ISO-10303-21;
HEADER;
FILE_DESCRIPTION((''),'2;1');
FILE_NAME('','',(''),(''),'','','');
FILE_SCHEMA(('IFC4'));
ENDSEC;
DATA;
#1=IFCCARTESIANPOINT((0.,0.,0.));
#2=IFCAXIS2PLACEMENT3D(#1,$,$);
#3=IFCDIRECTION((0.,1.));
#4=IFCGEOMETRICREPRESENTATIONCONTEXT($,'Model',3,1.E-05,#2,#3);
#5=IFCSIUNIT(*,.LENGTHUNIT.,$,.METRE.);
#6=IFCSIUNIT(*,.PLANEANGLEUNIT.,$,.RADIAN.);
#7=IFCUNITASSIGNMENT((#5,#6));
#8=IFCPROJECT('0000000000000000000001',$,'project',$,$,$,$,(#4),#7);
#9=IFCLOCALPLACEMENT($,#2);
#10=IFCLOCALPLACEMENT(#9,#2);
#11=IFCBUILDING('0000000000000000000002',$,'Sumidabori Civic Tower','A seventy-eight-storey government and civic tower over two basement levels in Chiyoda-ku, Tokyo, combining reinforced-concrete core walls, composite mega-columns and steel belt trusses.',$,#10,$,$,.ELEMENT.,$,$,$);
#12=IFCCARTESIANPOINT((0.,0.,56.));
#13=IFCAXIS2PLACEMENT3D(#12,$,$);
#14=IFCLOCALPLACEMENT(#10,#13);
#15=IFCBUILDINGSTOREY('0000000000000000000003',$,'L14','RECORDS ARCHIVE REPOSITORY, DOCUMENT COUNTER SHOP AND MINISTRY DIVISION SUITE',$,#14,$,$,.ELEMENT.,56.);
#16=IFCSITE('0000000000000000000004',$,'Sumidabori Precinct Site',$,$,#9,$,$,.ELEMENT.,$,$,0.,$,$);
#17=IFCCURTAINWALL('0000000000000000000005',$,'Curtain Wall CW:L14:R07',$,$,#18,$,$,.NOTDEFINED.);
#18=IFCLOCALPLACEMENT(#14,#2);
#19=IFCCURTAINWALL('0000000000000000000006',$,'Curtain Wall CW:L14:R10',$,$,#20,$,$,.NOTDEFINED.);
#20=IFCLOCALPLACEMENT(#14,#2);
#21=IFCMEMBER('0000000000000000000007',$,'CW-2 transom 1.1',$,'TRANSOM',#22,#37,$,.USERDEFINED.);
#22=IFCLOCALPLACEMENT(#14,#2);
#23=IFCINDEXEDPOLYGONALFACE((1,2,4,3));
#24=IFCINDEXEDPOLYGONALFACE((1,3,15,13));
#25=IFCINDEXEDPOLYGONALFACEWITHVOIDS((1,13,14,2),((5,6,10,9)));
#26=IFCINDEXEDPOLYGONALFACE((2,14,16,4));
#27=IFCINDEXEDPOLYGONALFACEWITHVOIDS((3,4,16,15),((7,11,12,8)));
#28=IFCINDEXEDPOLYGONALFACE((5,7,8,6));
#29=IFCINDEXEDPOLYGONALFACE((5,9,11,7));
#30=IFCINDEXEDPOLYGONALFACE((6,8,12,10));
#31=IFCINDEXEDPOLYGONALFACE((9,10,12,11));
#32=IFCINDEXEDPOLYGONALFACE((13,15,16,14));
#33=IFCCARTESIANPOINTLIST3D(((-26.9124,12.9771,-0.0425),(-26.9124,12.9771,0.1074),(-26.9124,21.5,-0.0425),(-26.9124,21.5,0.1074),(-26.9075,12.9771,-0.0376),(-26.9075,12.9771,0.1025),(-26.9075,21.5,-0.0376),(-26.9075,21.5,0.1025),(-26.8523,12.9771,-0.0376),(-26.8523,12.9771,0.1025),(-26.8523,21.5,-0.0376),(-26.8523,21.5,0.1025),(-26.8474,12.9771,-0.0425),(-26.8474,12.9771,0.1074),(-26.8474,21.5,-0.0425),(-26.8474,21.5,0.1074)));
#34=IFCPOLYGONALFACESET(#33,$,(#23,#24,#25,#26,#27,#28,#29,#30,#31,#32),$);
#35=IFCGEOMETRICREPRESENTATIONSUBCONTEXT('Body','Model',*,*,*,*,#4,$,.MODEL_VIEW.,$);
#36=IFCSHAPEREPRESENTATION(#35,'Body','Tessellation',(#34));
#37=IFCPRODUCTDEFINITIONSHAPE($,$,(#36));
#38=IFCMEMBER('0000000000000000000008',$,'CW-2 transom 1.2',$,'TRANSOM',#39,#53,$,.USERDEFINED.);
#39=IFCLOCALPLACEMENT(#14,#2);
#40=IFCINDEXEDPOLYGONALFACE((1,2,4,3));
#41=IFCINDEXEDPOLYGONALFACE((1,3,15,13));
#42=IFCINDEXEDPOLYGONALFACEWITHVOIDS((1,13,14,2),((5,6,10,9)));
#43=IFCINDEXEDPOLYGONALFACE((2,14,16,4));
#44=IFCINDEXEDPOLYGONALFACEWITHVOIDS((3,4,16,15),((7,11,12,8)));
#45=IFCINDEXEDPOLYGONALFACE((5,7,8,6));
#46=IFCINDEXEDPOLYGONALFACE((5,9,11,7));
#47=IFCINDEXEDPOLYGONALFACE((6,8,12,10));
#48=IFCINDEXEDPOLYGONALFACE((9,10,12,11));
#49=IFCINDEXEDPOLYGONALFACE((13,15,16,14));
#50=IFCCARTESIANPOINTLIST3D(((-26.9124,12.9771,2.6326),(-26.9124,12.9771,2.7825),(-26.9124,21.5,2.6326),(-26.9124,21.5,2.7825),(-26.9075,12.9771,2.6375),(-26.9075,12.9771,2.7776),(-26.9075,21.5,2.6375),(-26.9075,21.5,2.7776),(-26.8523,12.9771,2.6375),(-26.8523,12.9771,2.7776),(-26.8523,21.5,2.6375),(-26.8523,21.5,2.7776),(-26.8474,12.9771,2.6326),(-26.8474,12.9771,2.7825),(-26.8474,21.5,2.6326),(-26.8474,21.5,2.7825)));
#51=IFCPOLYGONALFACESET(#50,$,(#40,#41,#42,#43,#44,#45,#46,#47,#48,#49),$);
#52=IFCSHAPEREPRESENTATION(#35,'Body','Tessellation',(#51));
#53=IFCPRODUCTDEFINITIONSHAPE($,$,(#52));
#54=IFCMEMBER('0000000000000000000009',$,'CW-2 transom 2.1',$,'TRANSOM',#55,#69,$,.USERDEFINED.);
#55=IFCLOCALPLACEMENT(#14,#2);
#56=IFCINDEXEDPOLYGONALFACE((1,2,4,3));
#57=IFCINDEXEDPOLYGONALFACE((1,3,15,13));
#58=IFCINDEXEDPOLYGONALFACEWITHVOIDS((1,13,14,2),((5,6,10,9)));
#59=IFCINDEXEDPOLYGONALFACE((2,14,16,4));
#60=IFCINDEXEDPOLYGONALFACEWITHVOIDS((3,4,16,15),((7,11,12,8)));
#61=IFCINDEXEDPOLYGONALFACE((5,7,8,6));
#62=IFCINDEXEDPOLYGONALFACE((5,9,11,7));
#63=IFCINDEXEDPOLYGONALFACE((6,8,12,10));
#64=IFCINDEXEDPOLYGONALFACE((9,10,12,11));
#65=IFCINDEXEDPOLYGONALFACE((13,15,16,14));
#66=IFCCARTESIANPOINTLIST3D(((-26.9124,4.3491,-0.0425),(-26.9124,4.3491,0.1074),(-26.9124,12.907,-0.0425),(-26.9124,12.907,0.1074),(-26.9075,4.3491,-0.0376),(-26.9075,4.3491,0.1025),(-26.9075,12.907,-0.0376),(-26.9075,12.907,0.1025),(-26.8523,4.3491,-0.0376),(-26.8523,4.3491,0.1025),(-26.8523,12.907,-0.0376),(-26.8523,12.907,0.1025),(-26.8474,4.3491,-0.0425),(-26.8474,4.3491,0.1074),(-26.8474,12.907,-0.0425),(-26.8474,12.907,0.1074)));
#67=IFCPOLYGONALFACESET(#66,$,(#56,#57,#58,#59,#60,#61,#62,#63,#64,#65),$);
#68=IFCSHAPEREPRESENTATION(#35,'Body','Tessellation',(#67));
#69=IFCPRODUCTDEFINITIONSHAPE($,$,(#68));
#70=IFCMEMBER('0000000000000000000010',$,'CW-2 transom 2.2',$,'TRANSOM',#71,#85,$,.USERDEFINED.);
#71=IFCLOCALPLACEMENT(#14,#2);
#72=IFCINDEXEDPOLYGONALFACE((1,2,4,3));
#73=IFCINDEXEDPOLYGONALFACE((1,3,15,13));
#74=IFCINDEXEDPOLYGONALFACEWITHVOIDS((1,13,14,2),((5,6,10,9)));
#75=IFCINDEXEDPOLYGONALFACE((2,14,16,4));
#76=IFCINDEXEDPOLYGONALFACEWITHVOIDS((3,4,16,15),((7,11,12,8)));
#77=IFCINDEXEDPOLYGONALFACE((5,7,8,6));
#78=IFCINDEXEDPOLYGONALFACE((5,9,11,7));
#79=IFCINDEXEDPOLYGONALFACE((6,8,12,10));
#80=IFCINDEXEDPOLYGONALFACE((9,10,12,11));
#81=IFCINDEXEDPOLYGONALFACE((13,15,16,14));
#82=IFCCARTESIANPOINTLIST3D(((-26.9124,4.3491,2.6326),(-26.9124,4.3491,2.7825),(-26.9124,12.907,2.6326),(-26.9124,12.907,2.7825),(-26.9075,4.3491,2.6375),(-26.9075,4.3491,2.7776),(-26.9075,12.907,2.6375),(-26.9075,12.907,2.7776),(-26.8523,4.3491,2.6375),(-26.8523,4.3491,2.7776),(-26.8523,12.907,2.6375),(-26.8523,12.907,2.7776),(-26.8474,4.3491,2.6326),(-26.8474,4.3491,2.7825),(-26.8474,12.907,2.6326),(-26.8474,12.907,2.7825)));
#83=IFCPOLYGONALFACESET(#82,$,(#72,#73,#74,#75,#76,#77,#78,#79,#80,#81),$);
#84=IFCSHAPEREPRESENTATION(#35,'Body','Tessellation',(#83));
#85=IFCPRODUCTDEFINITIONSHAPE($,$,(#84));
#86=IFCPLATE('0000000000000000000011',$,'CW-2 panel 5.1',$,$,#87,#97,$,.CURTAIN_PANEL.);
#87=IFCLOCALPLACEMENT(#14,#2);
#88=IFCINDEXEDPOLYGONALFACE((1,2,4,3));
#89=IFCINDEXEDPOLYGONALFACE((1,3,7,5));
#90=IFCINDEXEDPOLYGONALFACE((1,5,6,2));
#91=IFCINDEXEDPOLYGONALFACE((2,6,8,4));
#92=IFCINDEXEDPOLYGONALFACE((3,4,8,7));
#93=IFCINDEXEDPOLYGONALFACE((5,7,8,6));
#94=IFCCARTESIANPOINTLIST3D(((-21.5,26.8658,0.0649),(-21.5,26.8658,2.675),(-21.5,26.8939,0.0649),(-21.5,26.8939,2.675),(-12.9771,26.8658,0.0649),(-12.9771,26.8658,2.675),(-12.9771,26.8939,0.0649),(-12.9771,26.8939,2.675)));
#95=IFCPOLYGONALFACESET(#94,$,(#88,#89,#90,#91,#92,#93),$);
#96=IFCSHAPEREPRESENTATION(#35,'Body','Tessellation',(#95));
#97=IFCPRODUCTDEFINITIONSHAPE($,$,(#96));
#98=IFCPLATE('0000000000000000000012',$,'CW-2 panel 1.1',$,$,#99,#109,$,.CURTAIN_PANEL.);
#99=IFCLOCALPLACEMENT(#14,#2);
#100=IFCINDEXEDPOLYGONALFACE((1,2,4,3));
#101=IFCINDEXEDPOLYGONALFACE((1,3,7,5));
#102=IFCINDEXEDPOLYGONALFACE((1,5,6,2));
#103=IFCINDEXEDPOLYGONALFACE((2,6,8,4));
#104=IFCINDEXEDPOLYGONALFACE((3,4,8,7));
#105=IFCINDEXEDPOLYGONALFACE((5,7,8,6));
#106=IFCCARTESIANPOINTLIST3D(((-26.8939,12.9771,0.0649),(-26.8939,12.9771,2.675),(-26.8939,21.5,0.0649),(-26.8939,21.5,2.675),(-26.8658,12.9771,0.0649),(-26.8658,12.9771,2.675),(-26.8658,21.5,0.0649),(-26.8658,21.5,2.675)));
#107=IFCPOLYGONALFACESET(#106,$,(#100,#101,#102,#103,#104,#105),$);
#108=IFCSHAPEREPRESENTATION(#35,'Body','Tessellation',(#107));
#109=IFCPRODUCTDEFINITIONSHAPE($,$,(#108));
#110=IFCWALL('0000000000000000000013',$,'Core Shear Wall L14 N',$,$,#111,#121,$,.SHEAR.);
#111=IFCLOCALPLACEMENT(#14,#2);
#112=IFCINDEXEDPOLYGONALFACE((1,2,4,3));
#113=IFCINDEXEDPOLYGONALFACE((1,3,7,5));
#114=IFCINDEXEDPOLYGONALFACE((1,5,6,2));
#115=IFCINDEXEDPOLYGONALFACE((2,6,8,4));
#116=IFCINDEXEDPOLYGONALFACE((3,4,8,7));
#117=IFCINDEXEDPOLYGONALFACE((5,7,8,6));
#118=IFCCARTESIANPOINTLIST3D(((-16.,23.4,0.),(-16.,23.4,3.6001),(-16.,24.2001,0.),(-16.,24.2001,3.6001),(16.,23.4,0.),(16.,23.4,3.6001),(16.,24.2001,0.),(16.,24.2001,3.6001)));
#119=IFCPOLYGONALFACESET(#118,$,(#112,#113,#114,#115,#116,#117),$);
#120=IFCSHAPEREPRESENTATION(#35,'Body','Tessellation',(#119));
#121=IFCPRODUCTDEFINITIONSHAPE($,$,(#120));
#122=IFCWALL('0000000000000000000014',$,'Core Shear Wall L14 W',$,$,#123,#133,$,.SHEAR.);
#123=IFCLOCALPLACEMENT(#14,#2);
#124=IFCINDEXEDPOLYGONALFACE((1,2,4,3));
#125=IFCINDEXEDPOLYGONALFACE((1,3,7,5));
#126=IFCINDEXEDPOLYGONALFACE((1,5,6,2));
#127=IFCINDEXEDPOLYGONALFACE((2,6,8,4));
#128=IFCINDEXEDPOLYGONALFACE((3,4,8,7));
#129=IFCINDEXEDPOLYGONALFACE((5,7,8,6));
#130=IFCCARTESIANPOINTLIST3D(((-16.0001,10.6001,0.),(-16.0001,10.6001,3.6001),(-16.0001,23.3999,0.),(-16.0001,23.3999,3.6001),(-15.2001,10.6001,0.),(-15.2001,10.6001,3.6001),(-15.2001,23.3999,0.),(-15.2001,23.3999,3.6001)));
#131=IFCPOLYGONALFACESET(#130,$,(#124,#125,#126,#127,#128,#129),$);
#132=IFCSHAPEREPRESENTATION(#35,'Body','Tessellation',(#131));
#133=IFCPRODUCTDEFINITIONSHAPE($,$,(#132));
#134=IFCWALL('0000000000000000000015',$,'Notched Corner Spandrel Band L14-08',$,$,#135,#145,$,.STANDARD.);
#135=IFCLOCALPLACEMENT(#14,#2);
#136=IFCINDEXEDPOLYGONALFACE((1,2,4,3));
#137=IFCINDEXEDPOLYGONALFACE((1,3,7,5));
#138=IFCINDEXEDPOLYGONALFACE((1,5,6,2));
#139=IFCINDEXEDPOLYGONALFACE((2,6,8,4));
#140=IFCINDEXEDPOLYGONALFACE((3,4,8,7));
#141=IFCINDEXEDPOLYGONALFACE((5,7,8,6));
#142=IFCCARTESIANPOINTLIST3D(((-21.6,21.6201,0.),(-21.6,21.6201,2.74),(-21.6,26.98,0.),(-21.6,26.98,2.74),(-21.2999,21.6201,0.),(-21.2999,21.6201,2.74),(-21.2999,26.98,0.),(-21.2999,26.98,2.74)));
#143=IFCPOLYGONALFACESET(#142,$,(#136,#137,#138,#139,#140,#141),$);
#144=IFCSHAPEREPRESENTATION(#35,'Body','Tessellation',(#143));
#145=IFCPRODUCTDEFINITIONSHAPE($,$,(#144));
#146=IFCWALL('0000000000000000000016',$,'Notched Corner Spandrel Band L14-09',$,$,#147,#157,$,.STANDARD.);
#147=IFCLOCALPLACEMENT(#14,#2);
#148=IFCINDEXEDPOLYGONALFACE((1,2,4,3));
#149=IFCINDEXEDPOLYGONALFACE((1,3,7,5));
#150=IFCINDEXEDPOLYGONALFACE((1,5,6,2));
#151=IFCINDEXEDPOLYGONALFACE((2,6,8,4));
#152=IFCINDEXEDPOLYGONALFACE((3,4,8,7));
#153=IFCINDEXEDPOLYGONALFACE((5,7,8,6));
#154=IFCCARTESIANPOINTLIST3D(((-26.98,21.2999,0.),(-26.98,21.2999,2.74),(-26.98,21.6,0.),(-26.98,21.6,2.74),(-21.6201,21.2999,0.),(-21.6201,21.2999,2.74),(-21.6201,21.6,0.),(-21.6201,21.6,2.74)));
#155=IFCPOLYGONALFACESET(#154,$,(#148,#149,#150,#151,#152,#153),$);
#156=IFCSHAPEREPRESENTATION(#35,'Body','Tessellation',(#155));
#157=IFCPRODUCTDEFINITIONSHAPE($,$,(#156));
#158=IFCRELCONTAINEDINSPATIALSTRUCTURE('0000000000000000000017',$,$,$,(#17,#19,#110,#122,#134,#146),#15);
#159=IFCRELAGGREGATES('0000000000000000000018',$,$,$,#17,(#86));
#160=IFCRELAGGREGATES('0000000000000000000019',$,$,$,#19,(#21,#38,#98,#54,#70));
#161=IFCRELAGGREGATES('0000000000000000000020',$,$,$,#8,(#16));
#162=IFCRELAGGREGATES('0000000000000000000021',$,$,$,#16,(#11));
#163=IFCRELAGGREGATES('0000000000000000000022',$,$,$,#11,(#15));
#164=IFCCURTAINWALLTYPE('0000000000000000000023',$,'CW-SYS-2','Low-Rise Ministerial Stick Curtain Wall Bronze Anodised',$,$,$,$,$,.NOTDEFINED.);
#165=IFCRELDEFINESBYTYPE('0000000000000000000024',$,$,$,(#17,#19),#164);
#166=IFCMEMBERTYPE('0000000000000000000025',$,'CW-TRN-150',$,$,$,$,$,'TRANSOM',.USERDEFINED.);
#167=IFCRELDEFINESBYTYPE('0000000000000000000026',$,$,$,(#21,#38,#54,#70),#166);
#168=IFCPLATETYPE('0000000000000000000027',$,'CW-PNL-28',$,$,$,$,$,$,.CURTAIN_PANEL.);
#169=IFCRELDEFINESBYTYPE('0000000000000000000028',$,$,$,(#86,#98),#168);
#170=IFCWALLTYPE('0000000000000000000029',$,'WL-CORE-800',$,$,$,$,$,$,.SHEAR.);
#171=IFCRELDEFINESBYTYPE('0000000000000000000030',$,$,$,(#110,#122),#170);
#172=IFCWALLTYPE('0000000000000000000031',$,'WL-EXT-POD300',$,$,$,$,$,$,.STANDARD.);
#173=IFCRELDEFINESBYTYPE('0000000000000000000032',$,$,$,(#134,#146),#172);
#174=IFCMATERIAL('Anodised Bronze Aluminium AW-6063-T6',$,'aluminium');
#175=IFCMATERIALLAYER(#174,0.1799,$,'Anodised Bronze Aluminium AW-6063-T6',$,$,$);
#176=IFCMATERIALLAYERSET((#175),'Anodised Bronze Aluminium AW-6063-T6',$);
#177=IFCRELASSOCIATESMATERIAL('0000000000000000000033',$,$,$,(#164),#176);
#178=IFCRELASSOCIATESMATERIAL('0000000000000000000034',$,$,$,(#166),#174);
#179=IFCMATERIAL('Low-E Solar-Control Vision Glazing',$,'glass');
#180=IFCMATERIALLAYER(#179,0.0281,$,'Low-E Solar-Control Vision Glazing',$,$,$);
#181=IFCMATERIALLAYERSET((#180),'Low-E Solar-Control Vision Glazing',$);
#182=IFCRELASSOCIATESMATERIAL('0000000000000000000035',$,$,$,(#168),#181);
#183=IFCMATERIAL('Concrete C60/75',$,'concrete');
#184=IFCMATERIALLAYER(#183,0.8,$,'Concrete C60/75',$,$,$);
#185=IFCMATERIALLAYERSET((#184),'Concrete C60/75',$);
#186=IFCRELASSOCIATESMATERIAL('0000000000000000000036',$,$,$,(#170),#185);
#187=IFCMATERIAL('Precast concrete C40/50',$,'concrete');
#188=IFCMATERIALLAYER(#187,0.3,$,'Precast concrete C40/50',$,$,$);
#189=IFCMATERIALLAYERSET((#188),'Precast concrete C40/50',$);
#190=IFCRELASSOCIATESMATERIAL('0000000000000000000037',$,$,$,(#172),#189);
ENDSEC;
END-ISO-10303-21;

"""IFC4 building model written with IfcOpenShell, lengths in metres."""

from ifc_helpers import new_model, si_unit, direction, frame, frame_2d, origin, origin_2d, place, context, subcontext, project, spatial, rectangle, hollow_rectangle, extrude, source, transform, mapped, material, layer, layer_set, material_profile, profile_set, type_object, element, aggregate, save


model = new_model("IFC4")

# Units and contexts
model_context = context("Model", 3, precision=1e-05, world=origin(), true_north=direction((0.0, 1.0)))
body_context = subcontext(model_context, "Body", "Model", "MODEL_VIEW")
ifc_project = project(units=[si_unit("LENGTHUNIT", "METRE"), si_unit("PLANEANGLEUNIT", "RADIAN")], contexts=[model_context])

# Site, building, storey
site_placement = place(None, origin())
site = spatial("IfcSite", under=ifc_project, at=site_placement, Name="Sumidabori Precinct Site", CompositionType="ELEMENT", RefElevation=0.0)
building_placement = place(site_placement, origin())
building = spatial("IfcBuilding", under=site, at=building_placement, Name="Sumidabori Civic Tower", Description="A seventy-eight-storey government and civic tower over two basement levels in Chiyoda-ku, Tokyo, combining reinforced-concrete core walls, composite mega-columns and steel belt trusses.", CompositionType="ELEMENT")
storey_placement = place(building_placement, frame((0.0, 0.0, 56.0)))
storey = spatial("IfcBuildingStorey", under=building, at=storey_placement, Name="L14", Description="RECORDS ARCHIVE REPOSITORY, DOCUMENT COUNTER SHOP AND MINISTRY DIVISION SUITE", CompositionType="ELEMENT", Elevation=56.0)

# Shared definitions
ifc_material_1 = material(Name="Concrete C60/75", Category="concrete")

# Curtain wall
ifc_material_2 = material(Name="Anodised Bronze Aluminium AW-6063-T6", Category="aluminium")
ifc_layer_1 = layer(ifc_material_2, 0.1799, Name="Anodised Bronze Aluminium AW-6063-T6")
ifc_layer_set_1 = layer_set([ifc_layer_1], Name="Anodised Bronze Aluminium AW-6063-T6")
curtain_wall_type = type_object("IfcCurtainWallType", Name="CW-SYS-2", Description="Low-Rise Ministerial Stick Curtain Wall Bronze Anodised", PredefinedType="NOTDEFINED", material=ifc_layer_set_1)
curtain_wall_1_placement = place(storey_placement, origin())
curtain_wall_1 = element("IfcCurtainWall", 1, at=curtain_wall_1_placement, inside=storey, type_object=curtain_wall_type, Name="Curtain Wall CW:L14:R07", PredefinedType="NOTDEFINED")

# Curtain wall, members
curtain_wall_2_placement = place(storey_placement, origin())
curtain_wall_2 = element("IfcCurtainWall", 2, at=curtain_wall_2_placement, inside=storey, type_object=curtain_wall_type, Name="Curtain Wall CW:L14:R10", PredefinedType="NOTDEFINED")
ifc_material_profile_1 = material_profile(ifc_material_2, hollow_rectangle(XDim=0.0649, YDim=0.1499, WallThickness=0.0049, at=origin_2d()), Name="ALU TRANSOM 150x65")
ifc_profile_set_1 = profile_set([ifc_material_profile_1], Name="Anodised Bronze Aluminium AW-6063-T6")
member_type_1 = type_object("IfcMemberType", Name="CW-TRN-150", ElementType="TRANSOM", PredefinedType="USERDEFINED", material=ifc_profile_set_1)
shared_shape_1 = source(origin(), body_context, "Body", "SweptSolid", [
    extrude(hollow_rectangle(XDim=0.0649, YDim=0.1499, WallThickness=0.0049, at=origin_2d()), origin(), (0.0, 0.0, 1.0), 8.5229),
])
member_1_placement = place(storey_placement, frame((-26.8799, 21.5, 0.0325), z_axis=(0.0, -1.0, 0.0), x_axis=(1.0, 0.0, 0.0)))
member_1 = element("IfcMember", 3, at=member_1_placement, type_object=member_type_1, Name="CW-2 transom 1.1", ObjectType="TRANSOM", PredefinedType="USERDEFINED", context=body_context, shape_type="MappedRepresentation", body=[
    mapped(shared_shape_1, transform((0.0, 0.0, 0.0), x_axis=(1.0, 0.0, 0.0), y_axis=(0.0, 1.0, 0.0), z_axis=(0.0, 0.0, 1.0), scale=1.0)),
])
member_2_placement = place(storey_placement, frame((-26.8799, 21.5, 2.7075), z_axis=(0.0, -1.0, 0.0), x_axis=(1.0, 0.0, 0.0)))
member_2 = element("IfcMember", 4, at=member_2_placement, type_object=member_type_1, Name="CW-2 transom 1.2", ObjectType="TRANSOM", PredefinedType="USERDEFINED", context=body_context, shape_type="MappedRepresentation", body=[
    mapped(shared_shape_1, transform((0.0, 0.0, 0.0), x_axis=(1.0, 0.0, 0.0), y_axis=(0.0, 1.0, 0.0), z_axis=(0.0, 0.0, 1.0), scale=1.0)),
])
shared_shape_2 = source(origin(), body_context, "Body", "SweptSolid", [
    extrude(hollow_rectangle(XDim=0.0649, YDim=0.1499, WallThickness=0.0049, at=origin_2d()), origin(), (0.0, 0.0, 1.0), 8.5579),
])
member_3_placement = place(storey_placement, frame((-26.8799, 12.907, 0.0325), z_axis=(0.0, -1.0, 0.0), x_axis=(1.0, 0.0, 0.0)))
member_3 = element("IfcMember", 5, at=member_3_placement, type_object=member_type_1, Name="CW-2 transom 2.1", ObjectType="TRANSOM", PredefinedType="USERDEFINED", context=body_context, shape_type="MappedRepresentation", body=[
    mapped(shared_shape_2, transform((0.0, 0.0, 0.0), x_axis=(1.0, 0.0, 0.0), y_axis=(0.0, 1.0, 0.0), z_axis=(0.0, 0.0, 1.0), scale=1.0)),
])
member_4_placement = place(storey_placement, frame((-26.8799, 12.907, 2.7075), z_axis=(0.0, -1.0, 0.0), x_axis=(1.0, 0.0, 0.0)))
member_4 = element("IfcMember", 6, at=member_4_placement, type_object=member_type_1, Name="CW-2 transom 2.2", ObjectType="TRANSOM", PredefinedType="USERDEFINED", context=body_context, shape_type="MappedRepresentation", body=[
    mapped(shared_shape_2, transform((0.0, 0.0, 0.0), x_axis=(1.0, 0.0, 0.0), y_axis=(0.0, 1.0, 0.0), z_axis=(0.0, 0.0, 1.0), scale=1.0)),
])

# Plates
ifc_material_3 = material(Name="Low-E Solar-Control Vision Glazing", Category="glass")
ifc_layer_2 = layer(ifc_material_3, 0.0281, Name="Low-E Solar-Control Vision Glazing")
ifc_layer_set_2 = layer_set([ifc_layer_2], Name="Low-E Solar-Control Vision Glazing")
plate_type = type_object("IfcPlateType", Name="CW-PNL-28", PredefinedType="CURTAIN_PANEL", material=ifc_layer_set_2)
shared_shape_3 = source(origin(), body_context, "Body", "SweptSolid", [
    extrude(rectangle(XDim=8.5229, YDim=0.0281, at=origin_2d()), origin(), (0.0, 0.0, 1.0), 2.6101),
])
plate_1_placement = place(storey_placement, frame((-17.2385, 26.8799, 0.0649), z_axis=(0.0, 0.0, 1.0), x_axis=(-1.0, 0.0, 0.0)))
plate_1 = element("IfcPlate", 7, at=plate_1_placement, type_object=plate_type, Name="CW-2 panel 5.1", PredefinedType="CURTAIN_PANEL", context=body_context, shape_type="MappedRepresentation", body=[
    mapped(shared_shape_3, transform((0.0, 0.0, 0.0), x_axis=(1.0, 0.0, 0.0), y_axis=(0.0, 1.0, 0.0), z_axis=(0.0, 0.0, 1.0), scale=1.0)),
])
aggregate(curtain_wall_1, [plate_1])
plate_2_placement = place(storey_placement, frame((-26.8799, 17.2385, 0.0649), z_axis=(0.0, 0.0, 1.0), x_axis=(0.0, -1.0, 0.0)))
plate_2 = element("IfcPlate", 8, at=plate_2_placement, type_object=plate_type, Name="CW-2 panel 1.1", PredefinedType="CURTAIN_PANEL", context=body_context, shape_type="MappedRepresentation", body=[
    mapped(shared_shape_3, transform((0.0, 0.0, 0.0), x_axis=(1.0, 0.0, 0.0), y_axis=(0.0, 1.0, 0.0), z_axis=(0.0, 0.0, 1.0), scale=1.0)),
])
aggregate(curtain_wall_2, [member_1, member_2, plate_2, member_3, member_4])

# Wall
ifc_layer_3 = layer(ifc_material_1, 0.8, Name="Concrete C60/75")
ifc_layer_set_3 = layer_set([ifc_layer_3], Name="Concrete C60/75")
wall_type_1 = type_object("IfcWallType", Name="WL-CORE-800", PredefinedType="SHEAR", material=ifc_layer_set_3)
shared_shape_4 = source(origin(), body_context, "Body", "SweptSolid", [
    extrude(rectangle(XDim=32.0, YDim=0.8, at=frame_2d((16.0, 0.0))), origin(), (0.0, 0.0, 1.0), 3.6001),
])
wall_1_placement = place(storey_placement, frame((-16.0, 23.8, 0.0), z_axis=(0.0, 0.0, 1.0), x_axis=(1.0, 0.0, 0.0)))
element("IfcWall", 9, at=wall_1_placement, inside=storey, type_object=wall_type_1, Name="Core Shear Wall L14 N", PredefinedType="SHEAR", context=body_context, shape_type="MappedRepresentation", body=[
    mapped(shared_shape_4, transform((0.0, 0.0, 0.0), x_axis=(1.0, 0.0, 0.0), y_axis=(0.0, 1.0, 0.0), z_axis=(0.0, 0.0, 1.0), scale=1.0)),
])

# Walls
shared_shape_5 = source(origin(), body_context, "Body", "SweptSolid", [
    extrude(rectangle(XDim=12.7998, YDim=0.8, at=frame_2d((6.3999, 0.0))), origin(), (0.0, 0.0, 1.0), 3.6001),
])
wall_2_placement = place(storey_placement, frame((-15.6001, 10.6001, 0.0), z_axis=(0.0, 0.0, 1.0), x_axis=(0.0, 1.0, 0.0)))
element("IfcWall", 10, at=wall_2_placement, inside=storey, type_object=wall_type_1, Name="Core Shear Wall L14 W", PredefinedType="SHEAR", context=body_context, shape_type="MappedRepresentation", body=[
    mapped(shared_shape_5, transform((0.0, 0.0, 0.0), x_axis=(1.0, 0.0, 0.0), y_axis=(0.0, 1.0, 0.0), z_axis=(0.0, 0.0, 1.0), scale=1.0)),
])
ifc_material_4 = material(Name="Precast concrete C40/50", Category="concrete")
ifc_layer_4 = layer(ifc_material_4, 0.3, Name="Precast concrete C40/50")
ifc_layer_set_4 = layer_set([ifc_layer_4], Name="Precast concrete C40/50")
wall_type_2 = type_object("IfcWallType", Name="WL-EXT-POD300", PredefinedType="STANDARD", material=ifc_layer_set_4)
shared_shape_6 = source(origin(), body_context, "Body", "SweptSolid", [
    extrude(rectangle(XDim=5.3599, YDim=0.3, at=frame_2d((2.6799, 0.0))), origin(), (0.0, 0.0, 1.0), 2.74),
])
for number, where, z_axis, x_axis, name in (
    (11, (-21.45, 26.98, 0.0), (0.0, 0.0, 1.0), (0.0, -1.0, 0.0), "Notched Corner Spandrel Band L14-08"),
    (12, (-21.6201, 21.45, 0.0), (0.0, 0.0, 1.0), (-1.0, 0.0, 0.0), "Notched Corner Spandrel Band L14-09"),
):
    element("IfcWall", number, at=place(storey_placement, frame(where, z_axis=z_axis, x_axis=x_axis)), inside=storey, type_object=wall_type_2, Name=name, PredefinedType="STANDARD", context=body_context, shape_type="MappedRepresentation", body=[
        mapped(shared_shape_6, transform((0.0, 0.0, 0.0), x_axis=(1.0, 0.0, 0.0), y_axis=(0.0, 1.0, 0.0), z_axis=(0.0, 0.0, 1.0), scale=1.0)),
    ])

save(model, "model.ifc")
